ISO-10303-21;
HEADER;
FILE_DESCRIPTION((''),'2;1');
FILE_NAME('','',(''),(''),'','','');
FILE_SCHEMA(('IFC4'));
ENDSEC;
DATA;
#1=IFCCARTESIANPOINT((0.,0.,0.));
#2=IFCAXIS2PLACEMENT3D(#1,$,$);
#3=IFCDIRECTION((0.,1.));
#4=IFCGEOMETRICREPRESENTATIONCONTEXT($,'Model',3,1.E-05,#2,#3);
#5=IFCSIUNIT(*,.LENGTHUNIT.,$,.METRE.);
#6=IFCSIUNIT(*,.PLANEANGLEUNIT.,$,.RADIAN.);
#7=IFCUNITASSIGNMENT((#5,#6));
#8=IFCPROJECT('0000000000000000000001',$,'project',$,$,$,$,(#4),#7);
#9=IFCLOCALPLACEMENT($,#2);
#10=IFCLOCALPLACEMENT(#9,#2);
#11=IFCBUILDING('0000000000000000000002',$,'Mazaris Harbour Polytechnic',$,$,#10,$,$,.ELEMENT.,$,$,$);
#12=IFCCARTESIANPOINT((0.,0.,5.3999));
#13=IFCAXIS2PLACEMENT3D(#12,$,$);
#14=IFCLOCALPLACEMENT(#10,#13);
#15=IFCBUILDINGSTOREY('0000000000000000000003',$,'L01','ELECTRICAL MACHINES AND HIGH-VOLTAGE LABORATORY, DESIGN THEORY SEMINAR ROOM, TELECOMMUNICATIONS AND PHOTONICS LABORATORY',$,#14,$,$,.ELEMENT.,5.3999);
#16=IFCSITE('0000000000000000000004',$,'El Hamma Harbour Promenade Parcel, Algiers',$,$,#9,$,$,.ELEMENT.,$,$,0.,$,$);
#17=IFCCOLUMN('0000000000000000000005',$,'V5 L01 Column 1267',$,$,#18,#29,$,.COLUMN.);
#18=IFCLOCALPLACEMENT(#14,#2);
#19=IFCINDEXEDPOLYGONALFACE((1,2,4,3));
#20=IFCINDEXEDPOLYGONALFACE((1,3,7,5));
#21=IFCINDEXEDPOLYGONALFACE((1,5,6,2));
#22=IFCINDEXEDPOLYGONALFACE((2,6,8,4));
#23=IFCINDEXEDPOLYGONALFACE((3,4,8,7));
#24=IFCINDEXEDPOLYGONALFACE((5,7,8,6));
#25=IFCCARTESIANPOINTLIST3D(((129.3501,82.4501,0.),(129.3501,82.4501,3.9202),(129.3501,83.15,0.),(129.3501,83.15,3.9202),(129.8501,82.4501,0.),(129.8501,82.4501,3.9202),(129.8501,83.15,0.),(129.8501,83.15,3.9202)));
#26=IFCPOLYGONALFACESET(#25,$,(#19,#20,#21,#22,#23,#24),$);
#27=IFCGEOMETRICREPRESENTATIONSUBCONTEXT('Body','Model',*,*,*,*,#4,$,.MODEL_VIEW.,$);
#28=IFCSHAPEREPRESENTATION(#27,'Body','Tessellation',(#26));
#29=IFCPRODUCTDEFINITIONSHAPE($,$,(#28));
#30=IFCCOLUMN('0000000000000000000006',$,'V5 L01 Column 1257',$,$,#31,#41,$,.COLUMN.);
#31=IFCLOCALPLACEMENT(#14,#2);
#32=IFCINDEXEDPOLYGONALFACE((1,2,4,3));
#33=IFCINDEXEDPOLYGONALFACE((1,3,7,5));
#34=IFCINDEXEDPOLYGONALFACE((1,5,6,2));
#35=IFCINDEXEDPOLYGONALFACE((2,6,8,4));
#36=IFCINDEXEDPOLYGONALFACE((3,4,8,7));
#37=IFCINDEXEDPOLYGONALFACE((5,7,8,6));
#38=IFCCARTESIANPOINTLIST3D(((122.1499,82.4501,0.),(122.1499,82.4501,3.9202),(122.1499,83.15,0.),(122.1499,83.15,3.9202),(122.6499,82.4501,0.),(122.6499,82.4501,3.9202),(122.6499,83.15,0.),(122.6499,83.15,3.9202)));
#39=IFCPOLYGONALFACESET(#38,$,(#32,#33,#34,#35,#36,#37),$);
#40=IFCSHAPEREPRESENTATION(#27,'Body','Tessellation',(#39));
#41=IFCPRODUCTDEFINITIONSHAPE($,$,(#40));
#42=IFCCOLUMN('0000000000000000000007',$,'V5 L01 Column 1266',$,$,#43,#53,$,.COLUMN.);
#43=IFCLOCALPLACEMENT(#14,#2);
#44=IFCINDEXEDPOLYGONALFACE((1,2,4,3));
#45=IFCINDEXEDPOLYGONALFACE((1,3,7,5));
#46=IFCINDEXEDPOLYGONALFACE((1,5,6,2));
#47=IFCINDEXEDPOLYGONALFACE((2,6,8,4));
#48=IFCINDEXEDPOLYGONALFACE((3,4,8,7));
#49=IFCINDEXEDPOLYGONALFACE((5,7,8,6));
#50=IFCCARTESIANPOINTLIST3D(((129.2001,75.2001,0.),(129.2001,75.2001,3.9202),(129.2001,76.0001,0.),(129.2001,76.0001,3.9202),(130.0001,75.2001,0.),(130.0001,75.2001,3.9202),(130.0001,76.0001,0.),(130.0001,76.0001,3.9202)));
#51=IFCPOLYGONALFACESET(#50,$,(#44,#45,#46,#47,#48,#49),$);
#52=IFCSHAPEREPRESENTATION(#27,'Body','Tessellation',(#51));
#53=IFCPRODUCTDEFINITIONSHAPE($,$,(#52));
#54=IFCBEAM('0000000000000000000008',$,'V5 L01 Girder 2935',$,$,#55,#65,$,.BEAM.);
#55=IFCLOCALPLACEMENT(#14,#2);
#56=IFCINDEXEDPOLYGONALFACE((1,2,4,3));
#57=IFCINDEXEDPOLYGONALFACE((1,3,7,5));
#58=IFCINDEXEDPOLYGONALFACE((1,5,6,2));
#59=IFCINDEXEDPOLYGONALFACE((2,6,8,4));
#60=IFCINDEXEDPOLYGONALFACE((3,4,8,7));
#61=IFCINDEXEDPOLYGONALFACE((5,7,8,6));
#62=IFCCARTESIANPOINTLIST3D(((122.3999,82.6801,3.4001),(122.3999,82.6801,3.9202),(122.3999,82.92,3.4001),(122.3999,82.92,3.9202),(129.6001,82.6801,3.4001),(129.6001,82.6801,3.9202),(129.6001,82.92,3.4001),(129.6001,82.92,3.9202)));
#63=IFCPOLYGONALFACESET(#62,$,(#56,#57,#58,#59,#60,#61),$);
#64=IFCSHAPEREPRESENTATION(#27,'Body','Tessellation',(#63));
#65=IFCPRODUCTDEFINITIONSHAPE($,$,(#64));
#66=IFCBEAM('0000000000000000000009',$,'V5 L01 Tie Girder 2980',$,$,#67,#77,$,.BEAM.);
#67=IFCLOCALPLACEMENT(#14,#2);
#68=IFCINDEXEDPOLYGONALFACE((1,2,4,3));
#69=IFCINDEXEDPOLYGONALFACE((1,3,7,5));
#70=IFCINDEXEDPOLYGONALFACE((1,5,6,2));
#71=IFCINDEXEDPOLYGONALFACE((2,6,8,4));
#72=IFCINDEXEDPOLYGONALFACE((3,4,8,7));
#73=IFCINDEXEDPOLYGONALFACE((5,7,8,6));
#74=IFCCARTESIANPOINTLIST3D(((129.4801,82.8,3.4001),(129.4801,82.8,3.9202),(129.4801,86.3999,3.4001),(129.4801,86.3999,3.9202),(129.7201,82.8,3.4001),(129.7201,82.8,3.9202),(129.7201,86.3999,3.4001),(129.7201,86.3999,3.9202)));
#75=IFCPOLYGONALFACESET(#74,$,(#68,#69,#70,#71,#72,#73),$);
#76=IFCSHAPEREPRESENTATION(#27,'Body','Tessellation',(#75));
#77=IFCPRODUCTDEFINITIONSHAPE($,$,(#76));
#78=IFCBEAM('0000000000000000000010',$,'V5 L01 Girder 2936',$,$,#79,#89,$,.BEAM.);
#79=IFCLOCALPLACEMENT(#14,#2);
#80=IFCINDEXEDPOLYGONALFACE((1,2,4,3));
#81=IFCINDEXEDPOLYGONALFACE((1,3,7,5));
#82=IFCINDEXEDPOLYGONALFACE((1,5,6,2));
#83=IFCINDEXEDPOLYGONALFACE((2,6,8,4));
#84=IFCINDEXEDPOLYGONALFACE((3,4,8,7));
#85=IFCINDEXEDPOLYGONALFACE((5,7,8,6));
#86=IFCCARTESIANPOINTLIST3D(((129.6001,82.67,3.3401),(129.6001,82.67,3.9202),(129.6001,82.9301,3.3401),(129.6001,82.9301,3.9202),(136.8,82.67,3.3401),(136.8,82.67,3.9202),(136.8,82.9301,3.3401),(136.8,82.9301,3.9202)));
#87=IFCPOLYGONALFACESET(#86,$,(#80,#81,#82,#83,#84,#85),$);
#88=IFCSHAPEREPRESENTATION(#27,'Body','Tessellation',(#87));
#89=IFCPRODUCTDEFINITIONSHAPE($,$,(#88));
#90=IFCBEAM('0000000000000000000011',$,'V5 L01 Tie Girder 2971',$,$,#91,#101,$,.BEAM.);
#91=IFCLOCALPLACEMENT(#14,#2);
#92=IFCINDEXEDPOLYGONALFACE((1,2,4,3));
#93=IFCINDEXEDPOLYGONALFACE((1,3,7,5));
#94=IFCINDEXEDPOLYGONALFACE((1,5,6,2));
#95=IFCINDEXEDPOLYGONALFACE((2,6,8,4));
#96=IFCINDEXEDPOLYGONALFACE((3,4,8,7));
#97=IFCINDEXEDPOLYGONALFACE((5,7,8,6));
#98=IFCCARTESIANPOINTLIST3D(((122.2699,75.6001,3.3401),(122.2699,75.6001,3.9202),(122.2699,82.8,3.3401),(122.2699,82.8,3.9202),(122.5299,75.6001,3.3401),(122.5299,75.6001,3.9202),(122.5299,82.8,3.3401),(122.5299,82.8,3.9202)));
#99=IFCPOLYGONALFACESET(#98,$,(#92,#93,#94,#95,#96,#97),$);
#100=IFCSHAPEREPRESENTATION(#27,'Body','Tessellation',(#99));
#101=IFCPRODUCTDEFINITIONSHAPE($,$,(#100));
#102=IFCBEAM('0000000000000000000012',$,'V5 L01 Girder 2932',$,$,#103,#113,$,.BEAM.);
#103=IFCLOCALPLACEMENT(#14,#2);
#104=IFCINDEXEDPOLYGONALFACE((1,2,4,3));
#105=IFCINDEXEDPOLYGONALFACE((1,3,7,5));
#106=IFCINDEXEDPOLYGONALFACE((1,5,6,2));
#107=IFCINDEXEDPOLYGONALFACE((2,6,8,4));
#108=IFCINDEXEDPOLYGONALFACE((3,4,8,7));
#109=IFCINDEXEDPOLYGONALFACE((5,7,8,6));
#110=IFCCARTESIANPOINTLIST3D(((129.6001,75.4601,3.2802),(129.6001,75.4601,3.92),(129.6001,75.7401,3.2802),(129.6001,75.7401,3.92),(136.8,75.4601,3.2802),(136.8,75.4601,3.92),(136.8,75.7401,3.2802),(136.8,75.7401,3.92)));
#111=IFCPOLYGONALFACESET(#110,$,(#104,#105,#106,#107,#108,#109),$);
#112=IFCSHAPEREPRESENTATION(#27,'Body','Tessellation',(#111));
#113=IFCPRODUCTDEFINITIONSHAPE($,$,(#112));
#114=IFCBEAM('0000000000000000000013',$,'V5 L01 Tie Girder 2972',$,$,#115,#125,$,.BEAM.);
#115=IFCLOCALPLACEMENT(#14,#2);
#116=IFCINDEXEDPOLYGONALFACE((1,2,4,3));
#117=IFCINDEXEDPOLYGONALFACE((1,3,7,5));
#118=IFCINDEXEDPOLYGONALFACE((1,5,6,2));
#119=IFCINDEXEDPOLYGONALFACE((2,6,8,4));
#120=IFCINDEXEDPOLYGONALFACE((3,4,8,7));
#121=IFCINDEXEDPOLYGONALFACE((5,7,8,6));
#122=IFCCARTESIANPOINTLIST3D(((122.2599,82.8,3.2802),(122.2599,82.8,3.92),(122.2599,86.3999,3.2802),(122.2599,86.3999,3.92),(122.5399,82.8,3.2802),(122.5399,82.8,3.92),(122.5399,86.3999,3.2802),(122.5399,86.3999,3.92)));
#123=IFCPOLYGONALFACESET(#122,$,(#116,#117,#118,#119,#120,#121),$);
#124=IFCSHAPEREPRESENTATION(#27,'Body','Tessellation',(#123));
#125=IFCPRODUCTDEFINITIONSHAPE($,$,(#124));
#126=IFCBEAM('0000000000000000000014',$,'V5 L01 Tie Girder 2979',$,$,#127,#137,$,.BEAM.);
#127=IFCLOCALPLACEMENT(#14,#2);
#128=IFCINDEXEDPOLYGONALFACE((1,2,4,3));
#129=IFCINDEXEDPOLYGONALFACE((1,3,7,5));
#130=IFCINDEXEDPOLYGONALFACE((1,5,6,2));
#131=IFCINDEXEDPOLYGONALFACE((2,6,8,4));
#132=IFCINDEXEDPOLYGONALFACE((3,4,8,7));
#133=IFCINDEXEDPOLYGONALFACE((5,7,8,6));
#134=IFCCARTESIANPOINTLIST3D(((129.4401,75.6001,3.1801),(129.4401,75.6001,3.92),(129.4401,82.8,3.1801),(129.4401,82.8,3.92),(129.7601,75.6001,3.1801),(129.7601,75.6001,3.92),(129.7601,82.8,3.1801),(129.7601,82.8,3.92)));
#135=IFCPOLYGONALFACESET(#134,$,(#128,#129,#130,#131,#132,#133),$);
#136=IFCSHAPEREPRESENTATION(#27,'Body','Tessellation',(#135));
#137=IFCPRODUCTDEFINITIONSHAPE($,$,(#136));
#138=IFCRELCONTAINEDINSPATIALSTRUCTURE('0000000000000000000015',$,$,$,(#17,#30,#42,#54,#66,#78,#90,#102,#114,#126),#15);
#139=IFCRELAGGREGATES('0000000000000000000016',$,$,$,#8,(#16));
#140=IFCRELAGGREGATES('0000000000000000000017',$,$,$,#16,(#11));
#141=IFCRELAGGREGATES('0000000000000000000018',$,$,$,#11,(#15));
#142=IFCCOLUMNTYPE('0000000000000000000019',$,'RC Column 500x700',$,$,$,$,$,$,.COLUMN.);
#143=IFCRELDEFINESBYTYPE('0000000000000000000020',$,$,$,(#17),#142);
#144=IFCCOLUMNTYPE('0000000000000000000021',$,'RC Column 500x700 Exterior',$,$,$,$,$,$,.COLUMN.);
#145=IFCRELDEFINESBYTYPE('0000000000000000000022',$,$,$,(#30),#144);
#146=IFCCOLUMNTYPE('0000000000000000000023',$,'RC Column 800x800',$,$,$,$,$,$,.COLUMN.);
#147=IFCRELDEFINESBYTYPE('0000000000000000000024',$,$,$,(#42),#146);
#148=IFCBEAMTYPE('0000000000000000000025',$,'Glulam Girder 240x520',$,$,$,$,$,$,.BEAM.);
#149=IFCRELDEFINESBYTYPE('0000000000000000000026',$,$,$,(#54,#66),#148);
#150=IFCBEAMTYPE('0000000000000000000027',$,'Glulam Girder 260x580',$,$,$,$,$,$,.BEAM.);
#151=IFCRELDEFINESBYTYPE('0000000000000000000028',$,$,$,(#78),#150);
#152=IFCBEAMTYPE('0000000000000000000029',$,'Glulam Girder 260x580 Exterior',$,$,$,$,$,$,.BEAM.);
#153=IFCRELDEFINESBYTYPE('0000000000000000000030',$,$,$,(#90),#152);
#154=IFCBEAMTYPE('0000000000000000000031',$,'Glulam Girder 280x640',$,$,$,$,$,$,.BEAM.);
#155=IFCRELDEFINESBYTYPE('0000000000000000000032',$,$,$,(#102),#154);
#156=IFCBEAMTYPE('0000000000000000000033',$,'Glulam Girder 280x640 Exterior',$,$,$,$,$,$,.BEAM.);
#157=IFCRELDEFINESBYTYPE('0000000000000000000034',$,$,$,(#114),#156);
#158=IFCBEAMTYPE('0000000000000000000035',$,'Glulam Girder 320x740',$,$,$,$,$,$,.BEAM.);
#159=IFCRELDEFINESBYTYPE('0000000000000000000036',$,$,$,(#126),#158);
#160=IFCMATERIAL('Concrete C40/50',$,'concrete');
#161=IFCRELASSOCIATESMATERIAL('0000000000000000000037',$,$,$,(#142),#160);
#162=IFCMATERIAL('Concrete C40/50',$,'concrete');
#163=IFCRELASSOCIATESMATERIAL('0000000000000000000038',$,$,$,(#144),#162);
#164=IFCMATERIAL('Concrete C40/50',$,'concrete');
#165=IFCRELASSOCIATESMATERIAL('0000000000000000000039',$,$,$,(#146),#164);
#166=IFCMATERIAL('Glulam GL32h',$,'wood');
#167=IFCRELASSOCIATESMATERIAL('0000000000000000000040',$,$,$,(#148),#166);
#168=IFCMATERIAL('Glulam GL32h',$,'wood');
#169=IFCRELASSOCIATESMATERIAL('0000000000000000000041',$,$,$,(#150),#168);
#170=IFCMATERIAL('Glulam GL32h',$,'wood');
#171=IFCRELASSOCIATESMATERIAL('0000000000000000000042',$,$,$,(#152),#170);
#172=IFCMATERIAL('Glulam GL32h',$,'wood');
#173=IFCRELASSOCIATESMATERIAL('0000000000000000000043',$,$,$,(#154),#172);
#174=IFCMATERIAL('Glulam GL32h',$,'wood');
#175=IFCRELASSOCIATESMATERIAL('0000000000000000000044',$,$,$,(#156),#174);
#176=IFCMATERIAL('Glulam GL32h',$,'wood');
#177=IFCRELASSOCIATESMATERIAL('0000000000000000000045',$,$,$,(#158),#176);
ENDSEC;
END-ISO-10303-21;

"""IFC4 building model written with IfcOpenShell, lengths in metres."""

from ifc_helpers import new_model, si_unit, direction, frame, origin, origin_2d, place, context, subcontext, project, spatial, rectangle, extrude, material, material_profile, profile_set, type_object, element, save


model = new_model("IFC4")

# Units and contexts
model_context = context("Model", 3, precision=1e-05, world=origin(), true_north=direction((0.0, 1.0)))
body_context = subcontext(model_context, "Body", "Model", "MODEL_VIEW")
ifc_project = project(units=[si_unit("LENGTHUNIT", "METRE"), si_unit("PLANEANGLEUNIT", "RADIAN")], contexts=[model_context])

# Site, building, storey
site_placement = place(None, origin())
site = spatial("IfcSite", under=ifc_project, at=site_placement, Name="El Hamma Harbour Promenade Parcel, Algiers", CompositionType="ELEMENT", RefElevation=0.0)
building_placement = place(site_placement, origin())
building = spatial("IfcBuilding", under=site, at=building_placement, Name="Mazaris Harbour Polytechnic", CompositionType="ELEMENT")
storey_placement = place(building_placement, frame((0.0, 0.0, 5.3999)))
storey = spatial("IfcBuildingStorey", under=building, at=storey_placement, Name="L01", Description="ELECTRICAL MACHINES AND HIGH-VOLTAGE LABORATORY, DESIGN THEORY SEMINAR ROOM, TELECOMMUNICATIONS AND PHOTONICS LABORATORY", CompositionType="ELEMENT", Elevation=5.3999)

# Columns
ifc_material_1 = material(Name="Concrete C40/50", Category="concrete")
ifc_material_profile_1 = material_profile(ifc_material_1, rectangle(XDim=0.5, YDim=0.7, at=origin_2d()), Name="RECT500x700")
ifc_profile_set_1 = profile_set([ifc_material_profile_1], Name="Concrete C40/50")
column_type_1 = type_object("IfcColumnType", Name="RC Column 500x700", PredefinedType="COLUMN", material=ifc_profile_set_1)
column_1_placement = place(storey_placement, frame((129.6001, 82.8, 0.0), z_axis=(0.0, 0.0, 1.0), x_axis=(1.0, 0.0, 0.0)))
element("IfcColumn", 1, at=column_1_placement, inside=storey, type_object=column_type_1, Name="V5 L01 Column 1267", PredefinedType="COLUMN", context=body_context, shape_type="SweptSolid", body=[
    extrude(rectangle(XDim=0.5, YDim=0.7, at=origin_2d()), origin(), (0.0, 0.0, 1.0), 3.9202),
])
ifc_material_2 = material(Name="Concrete C40/50", Category="concrete")
ifc_material_profile_2 = material_profile(ifc_material_2, rectangle(XDim=0.5, YDim=0.7, at=origin_2d()), Name="RECT500x700")
ifc_profile_set_2 = profile_set([ifc_material_profile_2], Name="Concrete C40/50")
column_type_2 = type_object("IfcColumnType", Name="RC Column 500x700 Exterior", PredefinedType="COLUMN", material=ifc_profile_set_2)
column_2_placement = place(storey_placement, frame((122.3999, 82.8, 0.0), z_axis=(0.0, 0.0, 1.0), x_axis=(1.0, 0.0, 0.0)))
element("IfcColumn", 2, at=column_2_placement, inside=storey, type_object=column_type_2, Name="V5 L01 Column 1257", PredefinedType="COLUMN", context=body_context, shape_type="SweptSolid", body=[
    extrude(rectangle(XDim=0.5, YDim=0.7, at=origin_2d()), origin(), (0.0, 0.0, 1.0), 3.9202),
])
ifc_material_3 = material(Name="Concrete C40/50", Category="concrete")
ifc_material_profile_3 = material_profile(ifc_material_3, rectangle(XDim=0.8, YDim=0.8, at=origin_2d()), Name="RECT800x800")
ifc_profile_set_3 = profile_set([ifc_material_profile_3], Name="Concrete C40/50")
column_type_3 = type_object("IfcColumnType", Name="RC Column 800x800", PredefinedType="COLUMN", material=ifc_profile_set_3)
column_3_placement = place(storey_placement, frame((129.6001, 75.6001, 0.0), z_axis=(0.0, 0.0, 1.0), x_axis=(1.0, 0.0, 0.0)))
element("IfcColumn", 3, at=column_3_placement, inside=storey, type_object=column_type_3, Name="V5 L01 Column 1266", PredefinedType="COLUMN", context=body_context, shape_type="SweptSolid", body=[
    extrude(rectangle(XDim=0.8, YDim=0.8, at=origin_2d()), origin(), (0.0, 0.0, 1.0), 3.9202),
])

# Beams
ifc_material_4 = material(Name="Glulam GL32h", Category="wood")
ifc_material_profile_4 = material_profile(ifc_material_4, rectangle(XDim=0.24, YDim=0.52, at=origin_2d()), Name="RECT240x520")
ifc_profile_set_4 = profile_set([ifc_material_profile_4], Name="Glulam GL32h")
beam_type_1 = type_object("IfcBeamType", Name="Glulam Girder 240x520", PredefinedType="BEAM", material=ifc_profile_set_4)
beam_1_placement = place(storey_placement, frame((122.3999, 82.8, 3.6602), z_axis=(1.0, 0.0, 0.0), x_axis=(0.0, 1.0, 0.0)))
element("IfcBeam", 4, at=beam_1_placement, inside=storey, type_object=beam_type_1, Name="V5 L01 Girder 2935", PredefinedType="BEAM", context=body_context, shape_type="SweptSolid", body=[
    extrude(rectangle(XDim=0.24, YDim=0.52, at=origin_2d()), origin(), (0.0, 0.0, 1.0), 7.2002),
])
beam_2_placement = place(storey_placement, frame((129.6001, 82.8, 3.6602), z_axis=(0.0, 1.0, 0.0), x_axis=(-1.0, 0.0, 0.0)))
element("IfcBeam", 5, at=beam_2_placement, inside=storey, type_object=beam_type_1, Name="V5 L01 Tie Girder 2980", PredefinedType="BEAM", context=body_context, shape_type="SweptSolid", body=[
    extrude(rectangle(XDim=0.24, YDim=0.52, at=origin_2d()), origin(), (0.0, 0.0, 1.0), 3.5999),
])
ifc_material_5 = material(Name="Glulam GL32h", Category="wood")
ifc_material_profile_5 = material_profile(ifc_material_5, rectangle(XDim=0.26, YDim=0.5801, at=origin_2d()), Name="RECT260x580")
ifc_profile_set_5 = profile_set([ifc_material_profile_5], Name="Glulam GL32h")
beam_type_2 = type_object("IfcBeamType", Name="Glulam Girder 260x580", PredefinedType="BEAM", material=ifc_profile_set_5)
beam_3_placement = place(storey_placement, frame((129.6001, 82.8, 3.6301), z_axis=(1.0, 0.0, 0.0), x_axis=(0.0, 1.0, 0.0)))
element("IfcBeam", 6, at=beam_3_placement, inside=storey, type_object=beam_type_2, Name="V5 L01 Girder 2936", PredefinedType="BEAM", context=body_context, shape_type="SweptSolid", body=[
    extrude(rectangle(XDim=0.26, YDim=0.5801, at=origin_2d()), origin(), (0.0, 0.0, 1.0), 7.2),
])
ifc_material_6 = material(Name="Glulam GL32h", Category="wood")
ifc_material_profile_6 = material_profile(ifc_material_6, rectangle(XDim=0.26, YDim=0.5801, at=origin_2d()), Name="RECT260x580")
ifc_profile_set_6 = profile_set([ifc_material_profile_6], Name="Glulam GL32h")
beam_type_3 = type_object("IfcBeamType", Name="Glulam Girder 260x580 Exterior", PredefinedType="BEAM", material=ifc_profile_set_6)
beam_4_placement = place(storey_placement, frame((122.3999, 75.6001, 3.6301), z_axis=(0.0, 1.0, 0.0), x_axis=(-1.0, 0.0, 0.0)))
element("IfcBeam", 7, at=beam_4_placement, inside=storey, type_object=beam_type_3, Name="V5 L01 Tie Girder 2971", PredefinedType="BEAM", context=body_context, shape_type="SweptSolid", body=[
    extrude(rectangle(XDim=0.26, YDim=0.5801, at=origin_2d()), origin(), (0.0, 0.0, 1.0), 7.2),
])
ifc_material_7 = material(Name="Glulam GL32h", Category="wood")
ifc_material_profile_7 = material_profile(ifc_material_7, rectangle(XDim=0.28, YDim=0.6399, at=origin_2d()), Name="RECT280x640")
ifc_profile_set_7 = profile_set([ifc_material_profile_7], Name="Glulam GL32h")
beam_type_4 = type_object("IfcBeamType", Name="Glulam Girder 280x640", PredefinedType="BEAM", material=ifc_profile_set_7)
beam_5_placement = place(storey_placement, frame((129.6001, 75.6001, 3.6001), z_axis=(1.0, 0.0, 0.0), x_axis=(0.0, 1.0, 0.0)))
element("IfcBeam", 8, at=beam_5_placement, inside=storey, type_object=beam_type_4, Name="V5 L01 Girder 2932", PredefinedType="BEAM", context=body_context, shape_type="SweptSolid", body=[
    extrude(rectangle(XDim=0.28, YDim=0.6399, at=origin_2d()), origin(), (0.0, 0.0, 1.0), 7.2),
])
ifc_material_8 = material(Name="Glulam GL32h", Category="wood")
ifc_material_profile_8 = material_profile(ifc_material_8, rectangle(XDim=0.28, YDim=0.6399, at=origin_2d()), Name="RECT280x640")
ifc_profile_set_8 = profile_set([ifc_material_profile_8], Name="Glulam GL32h")
beam_type_5 = type_object("IfcBeamType", Name="Glulam Girder 280x640 Exterior", PredefinedType="BEAM", material=ifc_profile_set_8)
beam_6_placement = place(storey_placement, frame((122.3999, 82.8, 3.6001), z_axis=(0.0, 1.0, 0.0), x_axis=(-1.0, 0.0, 0.0)))
element("IfcBeam", 9, at=beam_6_placement, inside=storey, type_object=beam_type_5, Name="V5 L01 Tie Girder 2972", PredefinedType="BEAM", context=body_context, shape_type="SweptSolid", body=[
    extrude(rectangle(XDim=0.28, YDim=0.6399, at=origin_2d()), origin(), (0.0, 0.0, 1.0), 3.5999),
])
ifc_material_9 = material(Name="Glulam GL32h", Category="wood")
ifc_material_profile_9 = material_profile(ifc_material_9, rectangle(XDim=0.3201, YDim=0.74, at=origin_2d()), Name="RECT320x740")
ifc_profile_set_9 = profile_set([ifc_material_profile_9], Name="Glulam GL32h")
beam_type_6 = type_object("IfcBeamType", Name="Glulam Girder 320x740", PredefinedType="BEAM", material=ifc_profile_set_9)
beam_7_placement = place(storey_placement, frame((129.6001, 75.6001, 3.55), z_axis=(0.0, 1.0, 0.0), x_axis=(-1.0, 0.0, 0.0)))
element("IfcBeam", 10, at=beam_7_placement, inside=storey, type_object=beam_type_6, Name="V5 L01 Tie Girder 2979", PredefinedType="BEAM", context=body_context, shape_type="SweptSolid", body=[
    extrude(rectangle(XDim=0.3201, YDim=0.74, at=origin_2d()), origin(), (0.0, 0.0, 1.0), 7.2),
])

save(model, "model.ifc")
